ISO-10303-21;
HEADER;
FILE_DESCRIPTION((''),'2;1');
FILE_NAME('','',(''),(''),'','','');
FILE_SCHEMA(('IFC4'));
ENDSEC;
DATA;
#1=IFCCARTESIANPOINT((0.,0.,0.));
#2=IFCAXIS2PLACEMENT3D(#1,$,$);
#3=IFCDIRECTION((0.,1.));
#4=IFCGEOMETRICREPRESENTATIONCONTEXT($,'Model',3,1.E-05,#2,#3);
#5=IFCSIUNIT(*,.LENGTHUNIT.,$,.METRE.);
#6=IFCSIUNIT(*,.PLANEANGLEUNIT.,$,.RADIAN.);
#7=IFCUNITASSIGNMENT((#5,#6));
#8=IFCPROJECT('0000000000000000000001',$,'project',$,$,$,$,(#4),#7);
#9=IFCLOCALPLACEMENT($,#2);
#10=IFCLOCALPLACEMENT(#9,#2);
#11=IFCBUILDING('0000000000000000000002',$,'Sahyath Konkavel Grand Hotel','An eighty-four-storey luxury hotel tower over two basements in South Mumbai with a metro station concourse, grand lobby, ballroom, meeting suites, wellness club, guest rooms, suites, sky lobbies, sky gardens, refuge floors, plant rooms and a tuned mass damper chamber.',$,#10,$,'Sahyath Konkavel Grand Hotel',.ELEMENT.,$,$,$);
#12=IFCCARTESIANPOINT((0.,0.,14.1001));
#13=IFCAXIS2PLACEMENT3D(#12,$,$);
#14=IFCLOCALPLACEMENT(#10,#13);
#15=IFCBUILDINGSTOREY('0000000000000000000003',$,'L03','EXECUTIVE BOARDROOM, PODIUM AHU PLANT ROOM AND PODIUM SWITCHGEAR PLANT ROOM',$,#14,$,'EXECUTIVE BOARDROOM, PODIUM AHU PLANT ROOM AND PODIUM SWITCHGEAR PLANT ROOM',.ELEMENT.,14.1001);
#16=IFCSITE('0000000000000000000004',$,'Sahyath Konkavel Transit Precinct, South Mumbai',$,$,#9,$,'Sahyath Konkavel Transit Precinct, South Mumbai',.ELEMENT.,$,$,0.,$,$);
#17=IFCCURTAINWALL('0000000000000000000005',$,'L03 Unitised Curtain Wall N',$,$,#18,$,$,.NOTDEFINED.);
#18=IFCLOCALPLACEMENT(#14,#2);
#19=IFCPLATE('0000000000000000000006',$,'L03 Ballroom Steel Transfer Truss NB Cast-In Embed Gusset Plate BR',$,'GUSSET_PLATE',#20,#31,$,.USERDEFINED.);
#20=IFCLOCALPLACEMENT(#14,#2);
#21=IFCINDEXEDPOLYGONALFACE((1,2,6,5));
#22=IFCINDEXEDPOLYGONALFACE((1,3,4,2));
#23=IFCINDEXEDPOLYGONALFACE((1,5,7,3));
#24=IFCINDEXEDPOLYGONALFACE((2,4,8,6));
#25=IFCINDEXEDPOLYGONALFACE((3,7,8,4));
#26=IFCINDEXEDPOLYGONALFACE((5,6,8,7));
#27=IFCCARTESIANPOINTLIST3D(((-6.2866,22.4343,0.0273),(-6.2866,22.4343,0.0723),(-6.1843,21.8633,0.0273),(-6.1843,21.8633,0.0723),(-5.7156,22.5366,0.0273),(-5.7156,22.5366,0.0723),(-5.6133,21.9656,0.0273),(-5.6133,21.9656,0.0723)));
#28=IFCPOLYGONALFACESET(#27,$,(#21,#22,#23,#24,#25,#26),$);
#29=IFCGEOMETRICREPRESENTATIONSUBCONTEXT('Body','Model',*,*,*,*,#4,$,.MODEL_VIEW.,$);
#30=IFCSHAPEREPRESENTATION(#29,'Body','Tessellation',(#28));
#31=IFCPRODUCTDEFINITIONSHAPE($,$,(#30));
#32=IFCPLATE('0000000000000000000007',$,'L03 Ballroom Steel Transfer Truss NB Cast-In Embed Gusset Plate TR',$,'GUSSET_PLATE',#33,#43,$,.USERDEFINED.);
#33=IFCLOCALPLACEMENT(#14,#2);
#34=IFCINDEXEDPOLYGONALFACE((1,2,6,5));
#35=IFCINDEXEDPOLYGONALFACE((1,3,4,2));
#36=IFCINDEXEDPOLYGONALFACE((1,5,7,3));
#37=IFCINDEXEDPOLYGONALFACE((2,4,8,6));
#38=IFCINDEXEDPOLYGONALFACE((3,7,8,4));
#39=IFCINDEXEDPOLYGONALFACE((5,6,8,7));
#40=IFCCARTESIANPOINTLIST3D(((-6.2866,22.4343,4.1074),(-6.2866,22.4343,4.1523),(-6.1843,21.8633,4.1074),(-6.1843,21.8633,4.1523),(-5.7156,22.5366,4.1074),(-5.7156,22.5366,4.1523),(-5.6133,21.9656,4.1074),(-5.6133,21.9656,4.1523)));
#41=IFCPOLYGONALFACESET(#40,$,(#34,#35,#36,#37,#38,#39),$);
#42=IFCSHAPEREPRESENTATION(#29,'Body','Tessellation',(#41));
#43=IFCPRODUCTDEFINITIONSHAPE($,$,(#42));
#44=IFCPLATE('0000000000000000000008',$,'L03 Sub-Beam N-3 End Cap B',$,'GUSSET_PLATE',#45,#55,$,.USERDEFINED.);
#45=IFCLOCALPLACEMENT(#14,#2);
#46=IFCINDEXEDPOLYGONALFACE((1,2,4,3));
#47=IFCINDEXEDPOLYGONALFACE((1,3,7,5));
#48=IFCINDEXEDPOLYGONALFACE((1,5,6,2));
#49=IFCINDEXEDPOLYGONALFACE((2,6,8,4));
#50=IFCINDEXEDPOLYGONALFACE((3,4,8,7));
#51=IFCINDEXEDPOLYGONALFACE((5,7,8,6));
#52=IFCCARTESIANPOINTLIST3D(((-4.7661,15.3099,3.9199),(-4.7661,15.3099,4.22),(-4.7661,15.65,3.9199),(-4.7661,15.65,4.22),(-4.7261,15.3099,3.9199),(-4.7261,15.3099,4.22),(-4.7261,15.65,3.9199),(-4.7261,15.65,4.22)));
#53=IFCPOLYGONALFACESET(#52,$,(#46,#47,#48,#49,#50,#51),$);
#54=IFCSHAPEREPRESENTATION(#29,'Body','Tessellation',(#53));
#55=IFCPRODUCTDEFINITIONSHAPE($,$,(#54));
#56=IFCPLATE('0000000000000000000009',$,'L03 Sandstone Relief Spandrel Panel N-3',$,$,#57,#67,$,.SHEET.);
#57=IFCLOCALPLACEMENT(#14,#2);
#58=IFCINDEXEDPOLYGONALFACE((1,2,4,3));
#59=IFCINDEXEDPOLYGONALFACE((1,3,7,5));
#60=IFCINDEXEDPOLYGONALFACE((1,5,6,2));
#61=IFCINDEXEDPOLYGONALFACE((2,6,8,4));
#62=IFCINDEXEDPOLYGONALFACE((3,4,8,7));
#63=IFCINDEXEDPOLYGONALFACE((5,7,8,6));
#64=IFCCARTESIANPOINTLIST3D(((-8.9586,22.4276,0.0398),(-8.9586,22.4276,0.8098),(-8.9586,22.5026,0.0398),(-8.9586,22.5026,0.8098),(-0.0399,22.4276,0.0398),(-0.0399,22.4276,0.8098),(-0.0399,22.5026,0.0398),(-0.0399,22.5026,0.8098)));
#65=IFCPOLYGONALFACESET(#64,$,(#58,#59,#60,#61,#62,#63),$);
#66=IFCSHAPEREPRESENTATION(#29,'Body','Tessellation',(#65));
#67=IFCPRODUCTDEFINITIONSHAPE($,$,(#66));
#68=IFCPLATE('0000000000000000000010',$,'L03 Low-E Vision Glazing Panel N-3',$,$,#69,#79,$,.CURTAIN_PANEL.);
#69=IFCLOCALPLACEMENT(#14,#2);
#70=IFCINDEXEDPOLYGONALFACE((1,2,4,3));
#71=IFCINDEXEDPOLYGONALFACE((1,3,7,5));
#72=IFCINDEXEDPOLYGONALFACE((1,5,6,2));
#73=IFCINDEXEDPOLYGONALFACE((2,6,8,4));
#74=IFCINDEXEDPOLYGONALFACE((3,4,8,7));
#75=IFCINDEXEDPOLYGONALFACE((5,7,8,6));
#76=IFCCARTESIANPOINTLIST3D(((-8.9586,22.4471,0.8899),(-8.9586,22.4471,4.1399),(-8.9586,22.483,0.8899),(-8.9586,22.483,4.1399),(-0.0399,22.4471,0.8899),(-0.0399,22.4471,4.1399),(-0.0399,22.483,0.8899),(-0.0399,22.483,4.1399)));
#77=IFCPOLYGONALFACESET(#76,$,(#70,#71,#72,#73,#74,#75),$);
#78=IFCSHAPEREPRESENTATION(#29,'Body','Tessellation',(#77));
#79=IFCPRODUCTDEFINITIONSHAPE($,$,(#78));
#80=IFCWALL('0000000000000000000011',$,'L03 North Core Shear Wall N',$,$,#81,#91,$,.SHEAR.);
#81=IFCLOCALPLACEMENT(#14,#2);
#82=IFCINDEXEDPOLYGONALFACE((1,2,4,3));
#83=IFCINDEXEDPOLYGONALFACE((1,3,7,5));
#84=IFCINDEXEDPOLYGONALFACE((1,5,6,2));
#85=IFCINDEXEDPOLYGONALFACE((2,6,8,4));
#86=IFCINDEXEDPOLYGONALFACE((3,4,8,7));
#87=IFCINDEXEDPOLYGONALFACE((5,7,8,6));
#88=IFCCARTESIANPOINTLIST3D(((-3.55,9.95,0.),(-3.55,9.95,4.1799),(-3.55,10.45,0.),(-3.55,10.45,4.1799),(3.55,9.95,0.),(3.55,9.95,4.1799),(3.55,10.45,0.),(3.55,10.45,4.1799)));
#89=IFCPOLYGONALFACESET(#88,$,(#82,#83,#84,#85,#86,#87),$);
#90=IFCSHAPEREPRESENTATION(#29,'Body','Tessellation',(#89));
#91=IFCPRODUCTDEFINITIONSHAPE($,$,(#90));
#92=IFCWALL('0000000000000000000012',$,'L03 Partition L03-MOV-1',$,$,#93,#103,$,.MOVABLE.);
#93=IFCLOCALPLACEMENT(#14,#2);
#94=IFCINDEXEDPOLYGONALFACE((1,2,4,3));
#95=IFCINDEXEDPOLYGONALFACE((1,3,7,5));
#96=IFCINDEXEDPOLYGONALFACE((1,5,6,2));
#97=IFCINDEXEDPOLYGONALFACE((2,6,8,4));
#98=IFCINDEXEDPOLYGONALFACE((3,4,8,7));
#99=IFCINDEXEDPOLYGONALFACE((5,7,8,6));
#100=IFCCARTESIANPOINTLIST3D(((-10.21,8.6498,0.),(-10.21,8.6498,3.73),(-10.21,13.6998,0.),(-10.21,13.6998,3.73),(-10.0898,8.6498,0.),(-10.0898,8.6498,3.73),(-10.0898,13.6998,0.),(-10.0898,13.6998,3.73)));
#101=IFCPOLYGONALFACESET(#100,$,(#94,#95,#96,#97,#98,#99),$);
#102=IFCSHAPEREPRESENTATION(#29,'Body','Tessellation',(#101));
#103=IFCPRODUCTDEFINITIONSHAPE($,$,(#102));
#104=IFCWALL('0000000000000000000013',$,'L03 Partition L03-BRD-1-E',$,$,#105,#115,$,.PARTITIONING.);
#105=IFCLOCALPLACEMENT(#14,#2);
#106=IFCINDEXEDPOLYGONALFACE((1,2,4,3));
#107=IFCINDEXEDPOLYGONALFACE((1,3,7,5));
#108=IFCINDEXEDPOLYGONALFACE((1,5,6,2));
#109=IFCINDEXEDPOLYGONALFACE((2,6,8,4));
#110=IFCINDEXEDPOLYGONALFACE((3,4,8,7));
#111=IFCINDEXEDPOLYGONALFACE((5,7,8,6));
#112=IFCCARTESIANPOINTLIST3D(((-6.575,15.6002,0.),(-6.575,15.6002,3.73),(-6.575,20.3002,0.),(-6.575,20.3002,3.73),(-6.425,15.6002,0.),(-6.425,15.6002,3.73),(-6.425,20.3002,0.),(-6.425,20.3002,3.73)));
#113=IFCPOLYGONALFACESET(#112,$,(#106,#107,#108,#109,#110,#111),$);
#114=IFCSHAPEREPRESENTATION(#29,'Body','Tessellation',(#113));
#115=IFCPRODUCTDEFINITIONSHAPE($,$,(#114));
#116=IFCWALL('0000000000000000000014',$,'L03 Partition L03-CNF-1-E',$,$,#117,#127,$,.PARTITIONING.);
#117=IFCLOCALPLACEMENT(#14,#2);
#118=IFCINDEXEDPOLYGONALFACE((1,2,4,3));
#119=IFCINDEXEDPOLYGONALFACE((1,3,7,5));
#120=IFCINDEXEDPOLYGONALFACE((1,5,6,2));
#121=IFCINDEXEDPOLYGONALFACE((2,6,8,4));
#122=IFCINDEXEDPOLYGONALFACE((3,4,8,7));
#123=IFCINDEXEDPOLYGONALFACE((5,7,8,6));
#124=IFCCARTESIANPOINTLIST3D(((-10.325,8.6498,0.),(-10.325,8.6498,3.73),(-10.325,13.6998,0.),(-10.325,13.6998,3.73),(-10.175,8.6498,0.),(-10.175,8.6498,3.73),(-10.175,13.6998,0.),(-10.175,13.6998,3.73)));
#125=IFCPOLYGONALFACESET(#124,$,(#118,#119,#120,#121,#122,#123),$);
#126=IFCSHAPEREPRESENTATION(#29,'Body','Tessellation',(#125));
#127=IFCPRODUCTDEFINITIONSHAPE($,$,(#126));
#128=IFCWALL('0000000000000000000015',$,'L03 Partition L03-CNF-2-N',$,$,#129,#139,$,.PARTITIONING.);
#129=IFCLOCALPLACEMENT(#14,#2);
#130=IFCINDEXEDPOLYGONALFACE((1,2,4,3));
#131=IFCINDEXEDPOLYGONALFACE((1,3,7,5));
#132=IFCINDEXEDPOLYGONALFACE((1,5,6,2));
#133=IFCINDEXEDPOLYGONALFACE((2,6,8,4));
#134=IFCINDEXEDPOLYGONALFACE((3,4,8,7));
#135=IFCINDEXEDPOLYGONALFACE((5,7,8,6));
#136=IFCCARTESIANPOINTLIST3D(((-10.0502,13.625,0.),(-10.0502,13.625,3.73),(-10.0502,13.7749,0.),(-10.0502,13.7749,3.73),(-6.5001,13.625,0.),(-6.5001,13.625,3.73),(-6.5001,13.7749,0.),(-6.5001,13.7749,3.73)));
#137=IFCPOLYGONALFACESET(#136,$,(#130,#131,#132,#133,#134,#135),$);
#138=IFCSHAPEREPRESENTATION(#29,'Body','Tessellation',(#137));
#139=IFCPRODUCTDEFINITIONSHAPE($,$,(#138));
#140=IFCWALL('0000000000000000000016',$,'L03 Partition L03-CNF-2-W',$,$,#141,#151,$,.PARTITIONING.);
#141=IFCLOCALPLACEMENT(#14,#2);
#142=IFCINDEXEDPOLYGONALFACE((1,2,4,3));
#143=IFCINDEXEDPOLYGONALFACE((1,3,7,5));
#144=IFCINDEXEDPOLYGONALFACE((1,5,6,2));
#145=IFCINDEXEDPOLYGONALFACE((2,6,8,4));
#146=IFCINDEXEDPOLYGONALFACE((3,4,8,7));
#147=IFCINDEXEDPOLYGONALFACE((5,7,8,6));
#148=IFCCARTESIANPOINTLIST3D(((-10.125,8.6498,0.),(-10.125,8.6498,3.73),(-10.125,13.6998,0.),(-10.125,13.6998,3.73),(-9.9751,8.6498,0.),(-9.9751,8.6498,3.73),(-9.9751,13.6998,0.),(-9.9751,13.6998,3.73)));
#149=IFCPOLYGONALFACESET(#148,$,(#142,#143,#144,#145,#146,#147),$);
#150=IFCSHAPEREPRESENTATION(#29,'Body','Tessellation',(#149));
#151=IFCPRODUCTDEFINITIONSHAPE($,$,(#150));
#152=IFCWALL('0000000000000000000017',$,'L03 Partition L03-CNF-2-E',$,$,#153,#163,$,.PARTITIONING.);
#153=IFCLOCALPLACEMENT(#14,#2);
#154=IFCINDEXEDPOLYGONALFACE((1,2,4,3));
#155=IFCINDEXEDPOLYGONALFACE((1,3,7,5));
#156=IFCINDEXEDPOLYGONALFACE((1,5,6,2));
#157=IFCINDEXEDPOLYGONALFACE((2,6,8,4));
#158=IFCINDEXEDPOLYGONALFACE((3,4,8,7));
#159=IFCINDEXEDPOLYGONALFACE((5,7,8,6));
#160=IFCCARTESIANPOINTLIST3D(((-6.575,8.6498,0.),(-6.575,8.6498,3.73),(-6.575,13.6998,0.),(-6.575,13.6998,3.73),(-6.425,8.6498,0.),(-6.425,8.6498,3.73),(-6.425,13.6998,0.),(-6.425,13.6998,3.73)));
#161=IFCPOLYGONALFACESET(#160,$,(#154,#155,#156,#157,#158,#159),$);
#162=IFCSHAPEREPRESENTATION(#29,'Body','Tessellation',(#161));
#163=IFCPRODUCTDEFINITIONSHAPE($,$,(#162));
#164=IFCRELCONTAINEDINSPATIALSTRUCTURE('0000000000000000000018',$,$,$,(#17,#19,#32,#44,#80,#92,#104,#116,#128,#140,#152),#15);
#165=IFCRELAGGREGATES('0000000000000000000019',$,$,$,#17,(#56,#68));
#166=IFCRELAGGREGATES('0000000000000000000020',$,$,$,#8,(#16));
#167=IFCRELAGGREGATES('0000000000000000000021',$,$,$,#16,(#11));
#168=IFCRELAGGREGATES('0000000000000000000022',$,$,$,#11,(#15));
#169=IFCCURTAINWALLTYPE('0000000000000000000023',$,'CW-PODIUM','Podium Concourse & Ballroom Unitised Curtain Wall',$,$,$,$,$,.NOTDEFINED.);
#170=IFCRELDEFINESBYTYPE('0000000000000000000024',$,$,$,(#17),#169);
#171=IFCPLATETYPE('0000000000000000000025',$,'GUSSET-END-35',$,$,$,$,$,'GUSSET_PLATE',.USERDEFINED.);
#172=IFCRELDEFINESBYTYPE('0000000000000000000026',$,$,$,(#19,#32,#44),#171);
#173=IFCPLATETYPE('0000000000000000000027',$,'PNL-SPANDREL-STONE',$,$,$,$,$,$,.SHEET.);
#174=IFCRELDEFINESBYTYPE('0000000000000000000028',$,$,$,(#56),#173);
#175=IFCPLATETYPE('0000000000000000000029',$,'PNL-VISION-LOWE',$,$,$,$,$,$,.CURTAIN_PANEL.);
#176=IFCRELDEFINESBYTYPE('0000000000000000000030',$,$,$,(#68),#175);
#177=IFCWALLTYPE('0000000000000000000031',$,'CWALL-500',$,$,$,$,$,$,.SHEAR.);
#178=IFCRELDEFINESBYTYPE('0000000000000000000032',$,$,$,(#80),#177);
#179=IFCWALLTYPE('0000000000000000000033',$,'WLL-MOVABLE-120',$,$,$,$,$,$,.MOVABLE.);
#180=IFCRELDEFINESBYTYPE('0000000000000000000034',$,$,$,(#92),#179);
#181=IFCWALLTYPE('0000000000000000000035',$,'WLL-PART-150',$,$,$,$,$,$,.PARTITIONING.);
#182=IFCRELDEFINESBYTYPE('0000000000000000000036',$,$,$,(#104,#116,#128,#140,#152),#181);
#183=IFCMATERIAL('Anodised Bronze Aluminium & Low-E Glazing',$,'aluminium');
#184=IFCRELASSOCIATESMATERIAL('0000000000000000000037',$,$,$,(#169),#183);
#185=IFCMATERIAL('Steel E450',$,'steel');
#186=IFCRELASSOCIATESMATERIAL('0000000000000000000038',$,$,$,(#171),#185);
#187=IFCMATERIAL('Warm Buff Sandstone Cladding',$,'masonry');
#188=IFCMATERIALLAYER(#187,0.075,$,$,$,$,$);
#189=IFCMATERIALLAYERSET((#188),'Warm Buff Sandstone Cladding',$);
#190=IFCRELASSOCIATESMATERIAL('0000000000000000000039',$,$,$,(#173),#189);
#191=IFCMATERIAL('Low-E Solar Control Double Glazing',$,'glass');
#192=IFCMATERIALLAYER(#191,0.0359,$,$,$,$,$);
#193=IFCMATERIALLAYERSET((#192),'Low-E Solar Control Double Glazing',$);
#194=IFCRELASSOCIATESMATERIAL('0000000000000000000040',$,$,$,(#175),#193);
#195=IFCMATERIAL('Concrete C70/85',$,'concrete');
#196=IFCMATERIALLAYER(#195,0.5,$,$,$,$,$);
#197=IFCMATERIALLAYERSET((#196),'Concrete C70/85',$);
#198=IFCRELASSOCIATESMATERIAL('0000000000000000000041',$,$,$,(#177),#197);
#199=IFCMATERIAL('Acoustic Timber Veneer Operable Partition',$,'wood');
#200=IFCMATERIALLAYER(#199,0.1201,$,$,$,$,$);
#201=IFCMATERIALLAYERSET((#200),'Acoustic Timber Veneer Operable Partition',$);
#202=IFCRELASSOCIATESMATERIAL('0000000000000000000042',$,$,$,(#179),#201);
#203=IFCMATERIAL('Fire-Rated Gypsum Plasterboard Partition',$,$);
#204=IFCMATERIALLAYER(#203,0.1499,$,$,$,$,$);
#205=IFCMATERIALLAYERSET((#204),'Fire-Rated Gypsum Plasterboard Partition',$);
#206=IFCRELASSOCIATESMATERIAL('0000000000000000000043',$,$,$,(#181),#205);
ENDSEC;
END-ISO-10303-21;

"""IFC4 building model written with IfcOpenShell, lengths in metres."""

from ifc_helpers import new_model, si_unit, direction, frame, frame_2d, origin, origin_2d, place, context, subcontext, project, spatial, rectangle, extrude, source, transform, mapped, material, layer, layer_set, type_object, element, aggregate, save


model = new_model("IFC4")

# Units and contexts
model_context = context("Model", 3, precision=1e-05, world=origin(), true_north=direction((0.0, 1.0)))
body_context = subcontext(model_context, "Body", "Model", "MODEL_VIEW")
ifc_project = project(units=[si_unit("LENGTHUNIT", "METRE"), si_unit("PLANEANGLEUNIT", "RADIAN")], contexts=[model_context])

# Site, building, storey
site_placement = place(None, origin())
site = spatial("IfcSite", under=ifc_project, at=site_placement, Name="Sahyath Konkavel Transit Precinct, South Mumbai", LongName="Sahyath Konkavel Transit Precinct, South Mumbai", CompositionType="ELEMENT", RefElevation=0.0)
building_placement = place(site_placement, origin())
building = spatial("IfcBuilding", under=site, at=building_placement, Name="Sahyath Konkavel Grand Hotel", Description="An eighty-four-storey luxury hotel tower over two basements in South Mumbai with a metro station concourse, grand lobby, ballroom, meeting suites, wellness club, guest rooms, suites, sky lobbies, sky gardens, refuge floors, plant rooms and a tuned mass damper chamber.", LongName="Sahyath Konkavel Grand Hotel", CompositionType="ELEMENT")
storey_placement = place(building_placement, frame((0.0, 0.0, 14.1001)))
storey = spatial("IfcBuildingStorey", under=building, at=storey_placement, Name="L03", Description="EXECUTIVE BOARDROOM, PODIUM AHU PLANT ROOM AND PODIUM SWITCHGEAR PLANT ROOM", LongName="EXECUTIVE BOARDROOM, PODIUM AHU PLANT ROOM AND PODIUM SWITCHGEAR PLANT ROOM", CompositionType="ELEMENT", Elevation=14.1001)

# Shared definitions
ifc_material_1 = material(Name="Concrete C70/85", Category="concrete")
ifc_material_2 = material(Name="Steel E450", Category="steel")

# Curtain wall
ifc_material_3 = material(Name="Anodised Bronze Aluminium & Low-E Glazing", Category="aluminium")
curtain_wall_type = type_object("IfcCurtainWallType", Name="CW-PODIUM", Description="Podium Concourse & Ballroom Unitised Curtain Wall", PredefinedType="NOTDEFINED", material=ifc_material_3)
curtain_wall_placement = place(storey_placement, origin())
curtain_wall = element("IfcCurtainWall", 1, at=curtain_wall_placement, inside=storey, type_object=curtain_wall_type, Name="L03 Unitised Curtain Wall N", PredefinedType="NOTDEFINED")

# Plates
plate_type_1 = type_object("IfcPlateType", Name="GUSSET-END-35", ElementType="GUSSET_PLATE", PredefinedType="USERDEFINED", material=ifc_material_2)
shared_shape_1 = source(origin(), body_context, "Body", "SweptSolid", [
    extrude(rectangle(XDim=0.5801, YDim=0.5801, at=origin_2d()), origin(), (0.0, 0.0, 1.0), 0.0449),
])
for number, where, z_axis, x_axis, name in (
    (2, (-5.95, 22.2, 0.0273), (0.0, 0.0, 1.0), (-0.176363, 0.984325, 0.0), "L03 Ballroom Steel Transfer Truss NB Cast-In Embed Gusset Plate BR"),
    (3, (-5.95, 22.2, 4.1074), (0.0, 0.0, 1.0), (-0.176363, 0.984325, 0.0), "L03 Ballroom Steel Transfer Truss NB Cast-In Embed Gusset Plate TR"),
):
    element("IfcPlate", number, at=place(storey_placement, frame(where, z_axis=z_axis, x_axis=x_axis)), inside=storey, type_object=plate_type_1, Name=name, ObjectType="GUSSET_PLATE", PredefinedType="USERDEFINED", context=body_context, shape_type="MappedRepresentation", body=[
        mapped(shared_shape_1, transform((0.0, 0.0, 0.0), scale=1.0)),
    ])
shared_shape_2 = source(origin(), body_context, "Body", "SweptSolid", [
    extrude(rectangle(XDim=0.04, YDim=0.3401, at=origin_2d()), origin(), (0.0, 0.0, 1.0), 0.3),
])
plate_1_placement = place(storey_placement, frame((-4.7461, 15.48, 3.9199), z_axis=(0.0, 0.0, 1.0), x_axis=(-1.0, 0.0, 0.0)))
element("IfcPlate", 4, at=plate_1_placement, inside=storey, type_object=plate_type_1, Name="L03 Sub-Beam N-3 End Cap B", ObjectType="GUSSET_PLATE", PredefinedType="USERDEFINED", context=body_context, shape_type="MappedRepresentation", body=[
    mapped(shared_shape_2, transform((0.0, 0.0, 0.0), scale=1.0)),
])

# Plates
ifc_material_4 = material(Name="Warm Buff Sandstone Cladding", Category="masonry")
ifc_layer_1 = layer(ifc_material_4, 0.075)
ifc_layer_set_1 = layer_set([ifc_layer_1], Name="Warm Buff Sandstone Cladding")
plate_type_2 = type_object("IfcPlateType", Name="PNL-SPANDREL-STONE", PredefinedType="SHEET", material=ifc_layer_set_1)
shared_shape_3 = source(origin(), body_context, "Body", "SweptSolid", [
    extrude(rectangle(XDim=8.9187, YDim=0.075, at=origin_2d()), origin(), (0.0, 0.0, 1.0), 0.77),
])
plate_2_placement = place(storey_placement, frame((-4.4993, 22.4651, 0.0398), z_axis=(0.0, 0.0, 1.0), x_axis=(-1.0, 0.0, 0.0)))
plate_2 = element("IfcPlate", 5, at=plate_2_placement, type_object=plate_type_2, Name="L03 Sandstone Relief Spandrel Panel N-3", PredefinedType="SHEET", context=body_context, shape_type="MappedRepresentation", body=[
    mapped(shared_shape_3, transform((0.0, 0.0, 0.0), scale=1.0)),
])
ifc_material_5 = material(Name="Low-E Solar Control Double Glazing", Category="glass")
ifc_layer_2 = layer(ifc_material_5, 0.0359)
ifc_layer_set_2 = layer_set([ifc_layer_2], Name="Low-E Solar Control Double Glazing")
plate_type_3 = type_object("IfcPlateType", Name="PNL-VISION-LOWE", PredefinedType="CURTAIN_PANEL", material=ifc_layer_set_2)
shared_shape_4 = source(origin(), body_context, "Body", "SweptSolid", [
    extrude(rectangle(XDim=8.9187, YDim=0.0359, at=origin_2d()), origin(), (0.0, 0.0, 1.0), 3.25),
])
plate_3_placement = place(storey_placement, frame((-4.4993, 22.4651, 0.8899), z_axis=(0.0, 0.0, 1.0), x_axis=(-1.0, 0.0, 0.0)))
plate_3 = element("IfcPlate", 6, at=plate_3_placement, type_object=plate_type_3, Name="L03 Low-E Vision Glazing Panel N-3", PredefinedType="CURTAIN_PANEL", context=body_context, shape_type="MappedRepresentation", body=[
    mapped(shared_shape_4, transform((0.0, 0.0, 0.0), scale=1.0)),
])
aggregate(curtain_wall, [plate_2, plate_3])

# Walls
ifc_layer_3 = layer(ifc_material_1, 0.5)
ifc_layer_set_3 = layer_set([ifc_layer_3], Name="Concrete C70/85")
wall_type_1 = type_object("IfcWallType", Name="CWALL-500", PredefinedType="SHEAR", material=ifc_layer_set_3)
wall_1_placement = place(storey_placement, frame((-3.55, 10.2, 0.0), z_axis=(0.0, 0.0, 1.0), x_axis=(1.0, 0.0, 0.0)))
element("IfcWall", 7, at=wall_1_placement, inside=storey, type_object=wall_type_1, Name="L03 North Core Shear Wall N", PredefinedType="SHEAR", context=body_context, shape_type="SweptSolid", body=[
    extrude(rectangle(XDim=7.1001, YDim=0.5, at=frame_2d((3.55, 0.0))), origin(), (0.0, 0.0, 1.0), 4.1799),
])
ifc_material_6 = material(Name="Acoustic Timber Veneer Operable Partition", Category="wood")
ifc_layer_4 = layer(ifc_material_6, 0.1201)
ifc_layer_set_4 = layer_set([ifc_layer_4], Name="Acoustic Timber Veneer Operable Partition")
wall_type_2 = type_object("IfcWallType", Name="WLL-MOVABLE-120", PredefinedType="MOVABLE", material=ifc_layer_set_4)
wall_2_placement = place(storey_placement, frame((-10.1499, 8.6499, 0.0), z_axis=(0.0, 0.0, 1.0), x_axis=(0.0, 1.0, 0.0)))
element("IfcWall", 8, at=wall_2_placement, inside=storey, type_object=wall_type_2, Name="L03 Partition L03-MOV-1", PredefinedType="MOVABLE", context=body_context, shape_type="SweptSolid", body=[
    extrude(rectangle(XDim=5.05, YDim=0.1201, at=frame_2d((2.5249, 0.0))), origin(), (0.0, 0.0, 1.0), 3.73),
])
ifc_material_7 = material(Name="Fire-Rated Gypsum Plasterboard Partition")
ifc_layer_5 = layer(ifc_material_7, 0.1499)
ifc_layer_set_5 = layer_set([ifc_layer_5], Name="Fire-Rated Gypsum Plasterboard Partition")
wall_type_3 = type_object("IfcWallType", Name="WLL-PART-150", PredefinedType="PARTITIONING", material=ifc_layer_set_5)
wall_3_placement = place(storey_placement, frame((-6.5, 15.6001, 0.0), z_axis=(0.0, 0.0, 1.0), x_axis=(0.0, 1.0, 0.0)))
element("IfcWall", 9, at=wall_3_placement, inside=storey, type_object=wall_type_3, Name="L03 Partition L03-BRD-1-E", PredefinedType="PARTITIONING", context=body_context, shape_type="SweptSolid", body=[
    extrude(rectangle(XDim=4.7, YDim=0.1499, at=frame_2d((2.3501, 0.0))), origin(), (0.0, 0.0, 1.0), 3.73),
])
wall_4_placement = place(storey_placement, frame((-10.25, 8.6499, 0.0), z_axis=(0.0, 0.0, 1.0), x_axis=(0.0, 1.0, 0.0)))
element("IfcWall", 10, at=wall_4_placement, inside=storey, type_object=wall_type_3, Name="L03 Partition L03-CNF-1-E", PredefinedType="PARTITIONING", context=body_context, shape_type="SweptSolid", body=[
    extrude(rectangle(XDim=5.05, YDim=0.1499, at=frame_2d((2.5249, 0.0))), origin(), (0.0, 0.0, 1.0), 3.73),
])
wall_5_placement = place(storey_placement, frame((-10.05, 13.7, 0.0), z_axis=(0.0, 0.0, 1.0), x_axis=(1.0, 0.0, 0.0)))
element("IfcWall", 11, at=wall_5_placement, inside=storey, type_object=wall_type_3, Name="L03 Partition L03-CNF-2-N", PredefinedType="PARTITIONING", context=body_context, shape_type="SweptSolid", body=[
    extrude(rectangle(XDim=3.55, YDim=0.1499, at=frame_2d((1.7749, 0.0))), origin(), (0.0, 0.0, 1.0), 3.73),
])

# Walls
for number, where, z_axis, x_axis, name in (
    (12, (-10.05, 8.6499, 0.0), (0.0, 0.0, 1.0), (0.0, 1.0, 0.0), "L03 Partition L03-CNF-2-W"),
    (13, (-6.5, 8.6499, 0.0), (0.0, 0.0, 1.0), (0.0, 1.0, 0.0), "L03 Partition L03-CNF-2-E"),
):
    element("IfcWall", number, at=place(storey_placement, frame(where, z_axis=z_axis, x_axis=x_axis)), inside=storey, type_object=wall_type_3, Name=name, PredefinedType="PARTITIONING", context=body_context, shape_type="SweptSolid", body=[
        extrude(rectangle(XDim=5.05, YDim=0.1499, at=frame_2d((2.5249, 0.0))), origin(), (0.0, 0.0, 1.0), 3.73),
    ])

save(model, "model.ifc")
